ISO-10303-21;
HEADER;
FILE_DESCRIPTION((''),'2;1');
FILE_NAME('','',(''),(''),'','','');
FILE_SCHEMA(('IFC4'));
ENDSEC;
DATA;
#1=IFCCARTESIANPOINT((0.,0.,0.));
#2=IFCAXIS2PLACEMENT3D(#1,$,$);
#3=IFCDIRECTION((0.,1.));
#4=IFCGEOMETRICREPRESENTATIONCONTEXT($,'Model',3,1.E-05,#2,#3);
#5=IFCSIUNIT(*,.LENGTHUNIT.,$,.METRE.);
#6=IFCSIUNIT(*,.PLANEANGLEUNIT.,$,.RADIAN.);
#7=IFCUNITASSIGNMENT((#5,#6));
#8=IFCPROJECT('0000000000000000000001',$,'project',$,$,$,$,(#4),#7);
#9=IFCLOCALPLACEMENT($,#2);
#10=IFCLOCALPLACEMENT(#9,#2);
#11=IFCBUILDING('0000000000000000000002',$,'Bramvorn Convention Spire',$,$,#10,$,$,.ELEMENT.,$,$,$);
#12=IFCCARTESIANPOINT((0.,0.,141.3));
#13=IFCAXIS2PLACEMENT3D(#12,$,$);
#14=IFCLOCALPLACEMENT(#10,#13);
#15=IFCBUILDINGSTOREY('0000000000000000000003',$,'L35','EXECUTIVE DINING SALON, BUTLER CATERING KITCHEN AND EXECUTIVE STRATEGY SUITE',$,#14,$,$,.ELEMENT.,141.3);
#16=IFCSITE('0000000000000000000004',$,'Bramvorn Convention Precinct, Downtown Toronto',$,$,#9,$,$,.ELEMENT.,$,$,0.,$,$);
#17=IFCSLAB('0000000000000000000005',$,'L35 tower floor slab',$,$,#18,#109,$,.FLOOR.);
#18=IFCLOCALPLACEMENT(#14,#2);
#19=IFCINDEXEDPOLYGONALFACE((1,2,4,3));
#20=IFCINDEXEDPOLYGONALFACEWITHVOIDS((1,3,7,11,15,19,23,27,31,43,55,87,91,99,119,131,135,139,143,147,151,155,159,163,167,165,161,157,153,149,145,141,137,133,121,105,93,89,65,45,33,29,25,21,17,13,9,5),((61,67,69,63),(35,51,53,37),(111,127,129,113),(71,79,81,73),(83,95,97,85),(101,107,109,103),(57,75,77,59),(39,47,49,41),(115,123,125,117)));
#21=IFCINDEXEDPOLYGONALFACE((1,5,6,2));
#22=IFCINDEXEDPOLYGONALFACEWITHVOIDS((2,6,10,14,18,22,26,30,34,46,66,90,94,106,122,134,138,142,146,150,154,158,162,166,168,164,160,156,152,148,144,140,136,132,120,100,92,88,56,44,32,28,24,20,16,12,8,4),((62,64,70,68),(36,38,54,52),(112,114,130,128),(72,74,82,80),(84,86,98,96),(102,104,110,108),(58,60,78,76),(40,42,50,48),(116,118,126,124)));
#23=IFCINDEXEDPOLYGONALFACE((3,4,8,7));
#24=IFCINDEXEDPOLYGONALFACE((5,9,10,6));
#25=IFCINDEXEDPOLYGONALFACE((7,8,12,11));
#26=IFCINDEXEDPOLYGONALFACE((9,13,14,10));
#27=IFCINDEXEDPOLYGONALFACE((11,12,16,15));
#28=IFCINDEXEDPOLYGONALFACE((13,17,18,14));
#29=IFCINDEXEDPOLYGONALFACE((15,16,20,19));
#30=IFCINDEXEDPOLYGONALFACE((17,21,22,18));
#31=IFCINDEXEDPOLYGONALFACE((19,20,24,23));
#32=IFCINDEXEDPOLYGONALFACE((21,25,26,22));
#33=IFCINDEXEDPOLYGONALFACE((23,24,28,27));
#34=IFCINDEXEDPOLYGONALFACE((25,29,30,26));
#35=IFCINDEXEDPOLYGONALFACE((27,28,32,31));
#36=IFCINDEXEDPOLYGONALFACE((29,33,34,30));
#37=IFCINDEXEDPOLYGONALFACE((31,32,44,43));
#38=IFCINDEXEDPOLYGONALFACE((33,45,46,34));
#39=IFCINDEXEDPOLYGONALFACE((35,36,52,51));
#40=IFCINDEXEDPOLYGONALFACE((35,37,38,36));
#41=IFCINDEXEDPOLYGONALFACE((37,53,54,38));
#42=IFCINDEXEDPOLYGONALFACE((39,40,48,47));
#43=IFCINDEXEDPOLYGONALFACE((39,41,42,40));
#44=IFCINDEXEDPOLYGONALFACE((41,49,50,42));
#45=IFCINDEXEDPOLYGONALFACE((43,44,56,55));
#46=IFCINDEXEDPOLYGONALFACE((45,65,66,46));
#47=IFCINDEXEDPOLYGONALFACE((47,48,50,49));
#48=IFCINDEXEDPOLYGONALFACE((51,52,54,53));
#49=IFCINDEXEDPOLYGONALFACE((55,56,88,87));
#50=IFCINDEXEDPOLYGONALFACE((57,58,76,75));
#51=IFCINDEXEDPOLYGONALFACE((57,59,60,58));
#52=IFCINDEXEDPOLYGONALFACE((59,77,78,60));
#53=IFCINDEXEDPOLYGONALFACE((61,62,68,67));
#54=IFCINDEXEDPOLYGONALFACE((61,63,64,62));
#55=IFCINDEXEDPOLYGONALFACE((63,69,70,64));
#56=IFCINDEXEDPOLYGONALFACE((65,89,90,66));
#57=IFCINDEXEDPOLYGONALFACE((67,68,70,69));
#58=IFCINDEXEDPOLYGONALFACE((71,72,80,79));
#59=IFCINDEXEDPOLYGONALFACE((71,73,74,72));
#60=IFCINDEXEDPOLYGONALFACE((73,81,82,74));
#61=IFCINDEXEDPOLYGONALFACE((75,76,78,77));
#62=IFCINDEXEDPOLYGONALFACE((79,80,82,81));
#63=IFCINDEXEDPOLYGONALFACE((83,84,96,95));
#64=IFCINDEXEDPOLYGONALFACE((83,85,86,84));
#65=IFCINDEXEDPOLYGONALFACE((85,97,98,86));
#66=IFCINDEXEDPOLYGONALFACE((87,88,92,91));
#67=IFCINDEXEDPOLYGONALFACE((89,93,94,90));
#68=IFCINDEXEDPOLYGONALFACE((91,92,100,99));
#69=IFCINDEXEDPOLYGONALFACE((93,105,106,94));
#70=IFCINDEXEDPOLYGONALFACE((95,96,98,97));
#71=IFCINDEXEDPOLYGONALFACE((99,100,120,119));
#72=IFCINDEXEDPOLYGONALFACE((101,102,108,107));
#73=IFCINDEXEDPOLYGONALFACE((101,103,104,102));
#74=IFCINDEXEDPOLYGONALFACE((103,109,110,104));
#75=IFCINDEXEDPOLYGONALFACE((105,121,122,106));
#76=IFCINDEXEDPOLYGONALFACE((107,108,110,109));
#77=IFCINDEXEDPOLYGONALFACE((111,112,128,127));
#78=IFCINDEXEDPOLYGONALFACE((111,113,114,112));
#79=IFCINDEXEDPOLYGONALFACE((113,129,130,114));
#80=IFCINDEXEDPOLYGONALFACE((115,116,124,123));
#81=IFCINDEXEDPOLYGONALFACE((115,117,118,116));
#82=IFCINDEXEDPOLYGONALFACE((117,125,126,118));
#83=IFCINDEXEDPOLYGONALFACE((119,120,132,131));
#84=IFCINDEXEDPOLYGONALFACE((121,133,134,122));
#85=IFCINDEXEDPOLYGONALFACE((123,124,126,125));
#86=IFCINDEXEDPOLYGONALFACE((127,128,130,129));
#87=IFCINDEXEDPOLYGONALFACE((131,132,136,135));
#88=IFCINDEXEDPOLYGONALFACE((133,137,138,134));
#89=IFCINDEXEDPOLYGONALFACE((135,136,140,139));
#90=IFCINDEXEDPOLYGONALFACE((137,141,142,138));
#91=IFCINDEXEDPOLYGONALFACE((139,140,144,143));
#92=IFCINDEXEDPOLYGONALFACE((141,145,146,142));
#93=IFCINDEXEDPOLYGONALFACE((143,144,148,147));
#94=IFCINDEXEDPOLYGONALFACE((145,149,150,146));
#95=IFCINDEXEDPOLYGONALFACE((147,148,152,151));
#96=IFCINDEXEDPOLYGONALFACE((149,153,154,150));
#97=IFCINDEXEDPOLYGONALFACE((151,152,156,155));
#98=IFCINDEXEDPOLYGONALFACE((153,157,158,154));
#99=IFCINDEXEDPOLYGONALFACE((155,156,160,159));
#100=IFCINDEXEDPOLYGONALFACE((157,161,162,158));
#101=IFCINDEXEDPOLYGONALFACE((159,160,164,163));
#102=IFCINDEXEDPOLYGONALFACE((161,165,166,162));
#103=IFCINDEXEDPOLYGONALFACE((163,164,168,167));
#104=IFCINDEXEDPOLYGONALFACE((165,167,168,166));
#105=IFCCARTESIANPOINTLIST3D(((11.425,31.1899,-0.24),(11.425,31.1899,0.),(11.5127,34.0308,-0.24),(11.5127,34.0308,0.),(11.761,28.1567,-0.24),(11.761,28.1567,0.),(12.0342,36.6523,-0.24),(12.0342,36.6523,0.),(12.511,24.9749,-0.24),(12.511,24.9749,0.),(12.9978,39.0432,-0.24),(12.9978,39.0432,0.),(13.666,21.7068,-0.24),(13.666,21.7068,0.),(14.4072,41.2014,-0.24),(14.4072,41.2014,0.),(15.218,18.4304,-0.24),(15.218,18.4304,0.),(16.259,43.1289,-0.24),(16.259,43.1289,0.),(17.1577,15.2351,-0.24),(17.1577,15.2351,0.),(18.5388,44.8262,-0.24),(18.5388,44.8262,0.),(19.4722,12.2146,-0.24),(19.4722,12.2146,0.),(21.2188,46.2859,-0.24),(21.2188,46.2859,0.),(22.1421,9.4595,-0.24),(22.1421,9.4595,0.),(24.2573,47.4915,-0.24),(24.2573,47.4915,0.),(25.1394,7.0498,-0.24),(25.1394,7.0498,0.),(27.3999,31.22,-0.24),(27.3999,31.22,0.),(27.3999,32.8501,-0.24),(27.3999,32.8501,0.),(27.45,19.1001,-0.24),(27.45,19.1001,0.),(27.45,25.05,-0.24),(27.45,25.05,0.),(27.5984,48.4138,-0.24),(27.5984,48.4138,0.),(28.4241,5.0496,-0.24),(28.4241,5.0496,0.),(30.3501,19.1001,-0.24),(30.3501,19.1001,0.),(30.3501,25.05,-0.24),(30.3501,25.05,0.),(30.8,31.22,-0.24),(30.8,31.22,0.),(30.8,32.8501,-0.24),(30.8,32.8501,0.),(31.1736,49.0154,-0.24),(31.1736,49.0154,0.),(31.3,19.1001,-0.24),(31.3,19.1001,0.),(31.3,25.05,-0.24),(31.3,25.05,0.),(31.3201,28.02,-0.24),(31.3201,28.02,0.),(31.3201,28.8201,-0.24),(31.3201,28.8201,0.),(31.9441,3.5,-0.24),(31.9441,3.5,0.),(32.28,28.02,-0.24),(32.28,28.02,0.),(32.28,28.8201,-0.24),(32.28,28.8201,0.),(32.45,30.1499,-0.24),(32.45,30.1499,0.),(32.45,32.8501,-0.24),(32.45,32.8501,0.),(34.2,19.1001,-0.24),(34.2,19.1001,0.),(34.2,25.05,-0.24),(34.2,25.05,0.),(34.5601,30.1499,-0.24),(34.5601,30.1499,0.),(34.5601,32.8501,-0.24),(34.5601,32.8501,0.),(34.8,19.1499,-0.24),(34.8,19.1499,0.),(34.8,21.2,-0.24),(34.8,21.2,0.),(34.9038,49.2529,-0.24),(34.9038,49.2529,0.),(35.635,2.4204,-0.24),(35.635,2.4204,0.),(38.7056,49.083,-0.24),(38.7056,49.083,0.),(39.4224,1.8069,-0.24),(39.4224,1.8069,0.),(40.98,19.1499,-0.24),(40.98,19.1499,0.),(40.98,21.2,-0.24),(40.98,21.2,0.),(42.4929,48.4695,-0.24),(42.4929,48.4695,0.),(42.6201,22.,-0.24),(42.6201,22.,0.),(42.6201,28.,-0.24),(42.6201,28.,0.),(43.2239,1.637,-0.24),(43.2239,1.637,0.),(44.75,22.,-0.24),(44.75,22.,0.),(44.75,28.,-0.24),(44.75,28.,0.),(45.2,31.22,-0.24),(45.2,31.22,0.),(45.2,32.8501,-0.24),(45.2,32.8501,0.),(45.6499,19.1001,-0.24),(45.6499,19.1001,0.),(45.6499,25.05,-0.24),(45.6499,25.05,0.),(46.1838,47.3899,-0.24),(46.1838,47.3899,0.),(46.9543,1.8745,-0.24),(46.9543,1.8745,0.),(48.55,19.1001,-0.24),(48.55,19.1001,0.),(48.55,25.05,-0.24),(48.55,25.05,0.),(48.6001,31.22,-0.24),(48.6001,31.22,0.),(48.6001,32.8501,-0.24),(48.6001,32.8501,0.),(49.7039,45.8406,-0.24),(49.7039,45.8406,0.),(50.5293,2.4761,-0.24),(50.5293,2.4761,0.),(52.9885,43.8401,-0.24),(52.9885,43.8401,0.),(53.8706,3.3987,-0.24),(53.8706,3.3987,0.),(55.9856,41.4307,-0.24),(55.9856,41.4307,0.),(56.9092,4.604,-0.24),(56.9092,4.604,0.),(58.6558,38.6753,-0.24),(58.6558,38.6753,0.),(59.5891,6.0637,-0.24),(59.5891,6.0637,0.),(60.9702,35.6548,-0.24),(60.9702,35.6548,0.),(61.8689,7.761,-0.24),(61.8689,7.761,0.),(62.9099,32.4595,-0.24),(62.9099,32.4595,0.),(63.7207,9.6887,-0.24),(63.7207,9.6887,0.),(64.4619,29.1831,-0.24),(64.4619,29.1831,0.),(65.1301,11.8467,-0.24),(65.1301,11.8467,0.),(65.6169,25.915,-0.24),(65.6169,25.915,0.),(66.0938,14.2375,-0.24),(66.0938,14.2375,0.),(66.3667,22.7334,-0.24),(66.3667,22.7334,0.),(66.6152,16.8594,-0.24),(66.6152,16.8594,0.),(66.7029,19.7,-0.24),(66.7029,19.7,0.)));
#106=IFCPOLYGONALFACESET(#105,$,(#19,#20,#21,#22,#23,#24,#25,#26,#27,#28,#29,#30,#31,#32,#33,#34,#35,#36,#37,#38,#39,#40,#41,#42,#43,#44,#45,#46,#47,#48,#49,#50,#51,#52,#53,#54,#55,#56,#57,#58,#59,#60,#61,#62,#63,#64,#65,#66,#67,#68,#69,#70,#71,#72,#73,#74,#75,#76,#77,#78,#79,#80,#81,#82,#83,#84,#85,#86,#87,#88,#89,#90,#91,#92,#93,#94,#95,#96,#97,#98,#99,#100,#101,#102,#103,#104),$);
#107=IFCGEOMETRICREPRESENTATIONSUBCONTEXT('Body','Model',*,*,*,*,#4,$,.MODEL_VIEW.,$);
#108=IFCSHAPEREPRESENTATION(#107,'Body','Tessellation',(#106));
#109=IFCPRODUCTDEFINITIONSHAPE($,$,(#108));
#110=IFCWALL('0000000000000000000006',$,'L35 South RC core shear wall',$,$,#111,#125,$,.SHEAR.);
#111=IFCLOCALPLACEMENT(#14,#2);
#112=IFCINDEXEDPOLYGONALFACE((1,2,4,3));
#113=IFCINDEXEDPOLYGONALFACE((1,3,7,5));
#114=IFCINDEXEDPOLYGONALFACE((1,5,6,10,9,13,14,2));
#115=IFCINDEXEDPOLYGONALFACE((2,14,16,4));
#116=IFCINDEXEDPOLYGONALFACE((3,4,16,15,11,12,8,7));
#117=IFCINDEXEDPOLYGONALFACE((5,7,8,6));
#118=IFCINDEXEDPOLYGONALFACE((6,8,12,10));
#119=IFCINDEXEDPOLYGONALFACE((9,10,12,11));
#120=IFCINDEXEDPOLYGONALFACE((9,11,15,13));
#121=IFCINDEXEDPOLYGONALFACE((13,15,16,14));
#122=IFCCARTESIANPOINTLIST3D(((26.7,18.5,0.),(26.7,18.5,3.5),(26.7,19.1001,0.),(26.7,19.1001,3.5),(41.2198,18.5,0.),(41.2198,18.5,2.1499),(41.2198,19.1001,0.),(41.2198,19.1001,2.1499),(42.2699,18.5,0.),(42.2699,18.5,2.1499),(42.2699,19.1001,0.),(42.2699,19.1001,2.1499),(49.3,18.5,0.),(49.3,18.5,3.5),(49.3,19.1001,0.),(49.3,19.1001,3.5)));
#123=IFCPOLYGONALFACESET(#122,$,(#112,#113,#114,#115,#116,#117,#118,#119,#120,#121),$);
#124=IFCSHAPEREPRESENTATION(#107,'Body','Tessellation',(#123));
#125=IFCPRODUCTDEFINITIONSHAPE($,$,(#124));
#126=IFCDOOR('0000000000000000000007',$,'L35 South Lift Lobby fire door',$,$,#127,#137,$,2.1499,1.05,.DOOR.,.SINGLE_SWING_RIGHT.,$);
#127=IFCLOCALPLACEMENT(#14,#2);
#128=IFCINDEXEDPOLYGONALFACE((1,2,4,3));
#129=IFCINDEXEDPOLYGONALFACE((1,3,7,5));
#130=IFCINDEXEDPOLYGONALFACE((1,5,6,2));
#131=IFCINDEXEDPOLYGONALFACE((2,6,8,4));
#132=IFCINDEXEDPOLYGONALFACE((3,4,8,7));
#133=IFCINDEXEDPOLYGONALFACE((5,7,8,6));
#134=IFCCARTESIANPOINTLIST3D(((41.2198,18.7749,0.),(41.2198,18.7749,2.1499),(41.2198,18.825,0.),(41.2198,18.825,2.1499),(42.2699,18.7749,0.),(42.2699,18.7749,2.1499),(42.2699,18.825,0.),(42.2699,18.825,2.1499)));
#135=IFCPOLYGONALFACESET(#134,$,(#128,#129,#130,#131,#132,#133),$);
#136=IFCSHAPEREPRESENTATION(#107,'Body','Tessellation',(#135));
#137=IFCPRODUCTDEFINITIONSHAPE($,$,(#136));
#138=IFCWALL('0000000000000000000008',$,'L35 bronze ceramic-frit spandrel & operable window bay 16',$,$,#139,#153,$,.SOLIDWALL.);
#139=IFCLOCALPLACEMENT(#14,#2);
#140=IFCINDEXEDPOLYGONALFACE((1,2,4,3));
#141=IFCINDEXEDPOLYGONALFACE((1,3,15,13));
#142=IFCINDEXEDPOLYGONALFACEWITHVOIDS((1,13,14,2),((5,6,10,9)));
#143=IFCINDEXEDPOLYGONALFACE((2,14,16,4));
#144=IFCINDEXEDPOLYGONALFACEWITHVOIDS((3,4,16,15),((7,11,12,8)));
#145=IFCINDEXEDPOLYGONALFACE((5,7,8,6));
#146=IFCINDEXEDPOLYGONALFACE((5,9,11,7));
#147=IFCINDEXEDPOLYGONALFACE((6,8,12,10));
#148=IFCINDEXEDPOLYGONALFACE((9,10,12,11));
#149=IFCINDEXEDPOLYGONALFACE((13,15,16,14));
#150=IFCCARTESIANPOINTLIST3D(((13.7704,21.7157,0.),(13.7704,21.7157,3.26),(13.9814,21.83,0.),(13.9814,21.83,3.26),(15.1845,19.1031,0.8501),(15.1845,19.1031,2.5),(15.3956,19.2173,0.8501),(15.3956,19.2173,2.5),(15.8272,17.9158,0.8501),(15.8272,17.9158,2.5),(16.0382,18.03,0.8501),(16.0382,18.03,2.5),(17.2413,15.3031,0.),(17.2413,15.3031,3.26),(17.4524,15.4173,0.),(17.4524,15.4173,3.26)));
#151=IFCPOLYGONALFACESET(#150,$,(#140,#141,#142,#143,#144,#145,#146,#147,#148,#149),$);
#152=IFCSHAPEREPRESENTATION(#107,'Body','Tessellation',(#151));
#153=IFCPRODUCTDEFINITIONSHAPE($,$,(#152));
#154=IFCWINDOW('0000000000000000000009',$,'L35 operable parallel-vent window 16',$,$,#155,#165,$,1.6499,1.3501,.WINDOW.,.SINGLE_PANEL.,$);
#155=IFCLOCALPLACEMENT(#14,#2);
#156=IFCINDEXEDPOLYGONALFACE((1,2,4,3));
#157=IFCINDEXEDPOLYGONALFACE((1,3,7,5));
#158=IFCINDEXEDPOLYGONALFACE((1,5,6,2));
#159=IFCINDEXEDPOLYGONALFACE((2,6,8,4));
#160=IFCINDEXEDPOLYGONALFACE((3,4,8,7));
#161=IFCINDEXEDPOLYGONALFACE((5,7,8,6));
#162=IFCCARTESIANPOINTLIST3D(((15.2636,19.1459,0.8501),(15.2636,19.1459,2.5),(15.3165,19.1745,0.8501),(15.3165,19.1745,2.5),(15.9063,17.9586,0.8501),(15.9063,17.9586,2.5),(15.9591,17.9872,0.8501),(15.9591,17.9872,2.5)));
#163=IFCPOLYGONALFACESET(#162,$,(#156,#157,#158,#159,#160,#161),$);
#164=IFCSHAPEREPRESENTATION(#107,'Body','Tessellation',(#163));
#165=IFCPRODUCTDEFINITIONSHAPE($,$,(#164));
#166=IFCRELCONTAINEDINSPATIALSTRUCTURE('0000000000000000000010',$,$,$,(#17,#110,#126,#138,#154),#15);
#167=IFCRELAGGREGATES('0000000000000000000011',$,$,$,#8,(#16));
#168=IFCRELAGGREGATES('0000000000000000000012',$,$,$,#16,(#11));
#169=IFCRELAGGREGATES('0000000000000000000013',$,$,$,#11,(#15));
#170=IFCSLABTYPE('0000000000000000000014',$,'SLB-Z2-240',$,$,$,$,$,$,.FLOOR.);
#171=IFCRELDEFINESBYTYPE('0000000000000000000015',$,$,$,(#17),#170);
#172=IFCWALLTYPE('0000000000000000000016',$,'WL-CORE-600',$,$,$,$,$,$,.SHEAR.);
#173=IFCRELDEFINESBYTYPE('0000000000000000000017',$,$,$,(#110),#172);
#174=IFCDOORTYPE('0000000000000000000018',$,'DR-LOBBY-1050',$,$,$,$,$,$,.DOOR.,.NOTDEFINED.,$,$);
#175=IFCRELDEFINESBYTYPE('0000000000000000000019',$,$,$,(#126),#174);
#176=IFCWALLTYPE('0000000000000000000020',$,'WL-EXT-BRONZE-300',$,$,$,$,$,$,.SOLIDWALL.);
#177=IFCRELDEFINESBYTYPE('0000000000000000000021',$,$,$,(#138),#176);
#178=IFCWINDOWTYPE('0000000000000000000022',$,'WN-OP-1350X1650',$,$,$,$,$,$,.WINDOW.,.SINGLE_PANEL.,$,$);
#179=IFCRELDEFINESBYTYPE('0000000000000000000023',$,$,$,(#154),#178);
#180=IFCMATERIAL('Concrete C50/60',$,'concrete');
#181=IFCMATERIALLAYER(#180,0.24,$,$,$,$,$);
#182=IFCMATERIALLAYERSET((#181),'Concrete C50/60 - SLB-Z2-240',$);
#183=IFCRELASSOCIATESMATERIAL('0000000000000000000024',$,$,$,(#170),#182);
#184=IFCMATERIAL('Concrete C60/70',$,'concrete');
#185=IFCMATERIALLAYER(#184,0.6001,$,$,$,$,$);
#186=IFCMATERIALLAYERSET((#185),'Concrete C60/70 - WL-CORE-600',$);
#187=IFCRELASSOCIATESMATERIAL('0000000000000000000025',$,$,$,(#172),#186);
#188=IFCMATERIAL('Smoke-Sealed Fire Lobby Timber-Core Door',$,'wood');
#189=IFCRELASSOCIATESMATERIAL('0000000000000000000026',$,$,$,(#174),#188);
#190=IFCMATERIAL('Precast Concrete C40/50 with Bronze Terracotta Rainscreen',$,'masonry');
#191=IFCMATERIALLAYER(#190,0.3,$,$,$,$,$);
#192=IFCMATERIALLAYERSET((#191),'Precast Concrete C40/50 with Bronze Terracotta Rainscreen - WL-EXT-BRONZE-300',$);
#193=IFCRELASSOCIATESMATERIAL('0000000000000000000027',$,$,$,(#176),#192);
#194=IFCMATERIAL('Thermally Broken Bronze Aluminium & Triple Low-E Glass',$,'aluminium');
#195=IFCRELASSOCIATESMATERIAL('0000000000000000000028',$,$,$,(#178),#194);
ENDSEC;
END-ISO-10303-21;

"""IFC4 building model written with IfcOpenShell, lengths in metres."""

from ifc_helpers import new_model, si_unit, direction, frame, frame_2d, origin, place, context, subcontext, project, spatial, polyline, rectangle, outline, extrude, material, layer, layer_set, type_object, element, fill, save


model = new_model("IFC4")

# Units and contexts
model_context = context("Model", 3, precision=1e-05, world=origin(), true_north=direction((0.0, 1.0)))
body_context = subcontext(model_context, "Body", "Model", "MODEL_VIEW")
ifc_project = project(units=[si_unit("LENGTHUNIT", "METRE"), si_unit("PLANEANGLEUNIT", "RADIAN")], contexts=[model_context])

# Site, building, storey
site_placement = place(None, origin())
site = spatial("IfcSite", under=ifc_project, at=site_placement, Name="Bramvorn Convention Precinct, Downtown Toronto", CompositionType="ELEMENT", RefElevation=0.0)
building_placement = place(site_placement, origin())
building = spatial("IfcBuilding", under=site, at=building_placement, Name="Bramvorn Convention Spire", CompositionType="ELEMENT")
storey_placement = place(building_placement, frame((0.0, 0.0, 141.3)))
storey = spatial("IfcBuildingStorey", under=building, at=storey_placement, Name="L35", Description="EXECUTIVE DINING SALON, BUTLER CATERING KITCHEN AND EXECUTIVE STRATEGY SUITE", CompositionType="ELEMENT", Elevation=141.3)

# Slab
ifc_material_1 = material(Name="Concrete C50/60", Category="concrete")
ifc_layer_1 = layer(ifc_material_1, 0.24)
ifc_layer_set_1 = layer_set([ifc_layer_1], Name="Concrete C50/60 - SLB-Z2-240")
slab_type_1 = type_object("IfcSlabType", Name="SLB-Z2-240", PredefinedType="FLOOR", material=ifc_layer_set_1)
slab_1_placement = place(storey_placement, frame((0.0, 0.0, -0.24)))
element("IfcSlab", 1, at=slab_1_placement, inside=storey, type_object=slab_type_1, Name="L35 tower floor slab", PredefinedType="FLOOR", context=body_context, shape_type="SweptSolid", body=[
    extrude(outline(polyline([(65.1301, 11.8467), (66.0938, 14.2375), (66.6152, 16.8594), (66.7029, 19.7), (66.3667, 22.7334), (65.6169, 25.915), (64.4619, 29.1831), (62.9099, 32.4595), (60.9702, 35.6548), (58.6558, 38.6753), (55.9856, 41.4307), (52.9885, 43.8401), (49.7039, 45.8406), (46.1838, 47.3899), (42.4929, 48.4695), (38.7056, 49.083), (34.9038, 49.2529), (31.1736, 49.0154), (27.5984, 48.4138), (24.2573, 47.4915), (21.2188, 46.2859), (18.5388, 44.8262), (16.259, 43.1289), (14.4072, 41.2014), (12.9978, 39.0432), (12.0342, 36.6523), (11.5127, 34.0308), (11.425, 31.1899), (11.761, 28.1567), (12.511, 24.9749), (13.666, 21.7068), (15.218, 18.4304), (17.1577, 15.2351), (19.4722, 12.2146), (22.1421, 9.4595), (25.1394, 7.0498), (28.4241, 5.0496), (31.9441, 3.5), (35.635, 2.4204), (39.4224, 1.8069), (43.2239, 1.637), (46.9543, 1.8745), (50.5293, 2.4761), (53.8706, 3.3987), (56.9092, 4.604), (59.5891, 6.0637), (61.8689, 7.761), (63.7207, 9.6887), (65.1301, 11.8467)]), holes=[polyline([(27.45, 25.05), (27.45, 19.1001), (30.3501, 19.1001), (30.3501, 25.05), (27.45, 25.05)]), polyline([(45.6499, 25.05), (45.6499, 19.1001), (48.55, 19.1001), (48.55, 25.05), (45.6499, 25.05)]), polyline([(31.3, 25.05), (31.3, 19.1001), (34.2, 19.1001), (34.2, 25.05), (31.3, 25.05)]), polyline([(27.3999, 31.22), (30.8, 31.22), (30.8, 32.8501), (27.3999, 32.8501), (27.3999, 31.22)]), polyline([(45.2, 31.22), (48.6001, 31.22), (48.6001, 32.8501), (45.2, 32.8501), (45.2, 31.22)]), polyline([(32.45, 30.1499), (34.5601, 30.1499), (34.5601, 32.8501), (32.45, 32.8501), (32.45, 30.1499)]), polyline([(34.8, 19.1499), (40.98, 19.1499), (40.98, 21.2), (34.8, 21.2), (34.8, 19.1499)]), polyline([(42.6201, 22.0), (44.75, 22.0), (44.75, 28.0), (42.6201, 28.0), (42.6201, 22.0)]), polyline([(31.3201, 28.02), (32.28, 28.02), (32.28, 28.8201), (31.3201, 28.8201), (31.3201, 28.02)])]), origin(), (0.0, 0.0, 1.0), 0.24),
])

# Wall, opening, door
ifc_material_2 = material(Name="Concrete C60/70", Category="concrete")
ifc_layer_2 = layer(ifc_material_2, 0.6001)
ifc_layer_set_2 = layer_set([ifc_layer_2], Name="Concrete C60/70 - WL-CORE-600")
wall_type_1 = type_object("IfcWallType", Name="WL-CORE-600", PredefinedType="SHEAR", material=ifc_layer_set_2)
wall_1_placement = place(storey_placement, frame((26.7, 18.8, 0.0), z_axis=(0.0, 0.0, 1.0), x_axis=(1.0, 0.0, 0.0)))
wall_1 = element("IfcWall", 2, at=wall_1_placement, inside=storey, type_object=wall_type_1, Name="L35 South RC core shear wall", PredefinedType="SHEAR", context=body_context, shape_type="SweptSolid", body=[
    extrude(rectangle(XDim=22.6001, YDim=0.6001, at=frame_2d((11.3, 0.0))), origin(), (0.0, 0.0, 1.0), 3.5),
])
opening_1_placement = place(wall_1_placement, frame((14.52, 0.0, 0.0)))
opening_1 = element("IfcOpeningElement", 3, at=opening_1_placement, cuts=wall_1, PredefinedType="OPENING", context=body_context, shape_type="SweptSolid", body=[
    extrude(rectangle(XDim=1.05, YDim=2.1499, at=frame_2d((0.5249, 1.075))), frame((0.0, 0.3101, 0.0), z_axis=(0.0, -1.0, 0.0), x_axis=(1.0, 0.0, 0.0)), (0.0, 0.0, 1.0), 0.6201),
])
ifc_material_3 = material(Name="Smoke-Sealed Fire Lobby Timber-Core Door", Category="wood")
door_type_1 = type_object("IfcDoorType", Name="DR-LOBBY-1050", OperationType="NOTDEFINED", PredefinedType="DOOR", material=ifc_material_3)
door_1_placement = place(opening_1_placement, origin())
door_1 = element("IfcDoor", 4, at=door_1_placement, inside=storey, type_object=door_type_1, Name="L35 South Lift Lobby fire door", OperationType="SINGLE_SWING_RIGHT", OverallHeight=2.1499, OverallWidth=1.05, PredefinedType="DOOR", context=body_context, shape_type="SweptSolid", body=[
    extrude(rectangle(XDim=1.05, YDim=2.1499, at=frame_2d((0.5249, 1.075))), frame((0.0, 0.0249, 0.0), z_axis=(0.0, -1.0, 0.0), x_axis=(1.0, 0.0, 0.0)), (0.0, 0.0, 1.0), 0.05),
])
fill(opening_1, door_1)

# Wall, opening, window
ifc_material_4 = material(Name="Precast Concrete C40/50 with Bronze Terracotta Rainscreen", Category="masonry")
ifc_layer_3 = layer(ifc_material_4, 0.3)
ifc_layer_set_3 = layer_set([ifc_layer_3], Name="Precast Concrete C40/50 with Bronze Terracotta Rainscreen - WL-EXT-BRONZE-300")
wall_type_2 = type_object("IfcWallType", Name="WL-EXT-BRONZE-300", PredefinedType="SOLIDWALL", material=ifc_layer_set_3)
wall_2_placement = place(storey_placement, frame((17.3469, 15.3601, 0.0), z_axis=(0.0, 0.0, 1.0), x_axis=(-0.476013, 0.879438, 0.0)))
wall_2 = element("IfcWall", 5, at=wall_2_placement, inside=storey, type_object=wall_type_2, Name="L35 bronze ceramic-frit spandrel & operable window bay 16", PredefinedType="SOLIDWALL", context=body_context, shape_type="SweptSolid", body=[
    extrude(rectangle(XDim=7.2917, YDim=0.24, at=frame_2d((3.646, 0.0))), origin(), (0.0, 0.0, 1.0), 3.26),
])
opening_2_placement = place(wall_2_placement, frame((2.9709, 0.0, 0.8501)))
opening_2 = element("IfcOpeningElement", 6, at=opening_2_placement, cuts=wall_2, PredefinedType="OPENING", context=body_context, shape_type="SweptSolid", body=[
    extrude(rectangle(XDim=1.3501, YDim=1.6499, at=frame_2d((0.675, 0.825))), frame((0.0, 0.1299, 0.0), z_axis=(0.0, -1.0, 0.0), x_axis=(1.0, 0.0, 0.0)), (0.0, 0.0, 1.0), 0.26),
])
ifc_material_5 = material(Name="Thermally Broken Bronze Aluminium & Triple Low-E Glass", Category="aluminium")
window_type = type_object("IfcWindowType", Name="WN-OP-1350X1650", PartitioningType="SINGLE_PANEL", PredefinedType="WINDOW", material=ifc_material_5)
window_placement = place(opening_2_placement, origin())
window = element("IfcWindow", 7, at=window_placement, inside=storey, type_object=window_type, Name="L35 operable parallel-vent window 16", OverallHeight=1.6499, OverallWidth=1.3501, PartitioningType="SINGLE_PANEL", PredefinedType="WINDOW", context=body_context, shape_type="SweptSolid", body=[
    extrude(rectangle(XDim=1.3501, YDim=1.6499, at=frame_2d((0.675, 0.825))), frame((0.0, 0.03, 0.0), z_axis=(0.0, -1.0, 0.0), x_axis=(1.0, 0.0, 0.0)), (0.0, 0.0, 1.0), 0.0601),
])
fill(opening_2, window)

save(model, "model.ifc")
